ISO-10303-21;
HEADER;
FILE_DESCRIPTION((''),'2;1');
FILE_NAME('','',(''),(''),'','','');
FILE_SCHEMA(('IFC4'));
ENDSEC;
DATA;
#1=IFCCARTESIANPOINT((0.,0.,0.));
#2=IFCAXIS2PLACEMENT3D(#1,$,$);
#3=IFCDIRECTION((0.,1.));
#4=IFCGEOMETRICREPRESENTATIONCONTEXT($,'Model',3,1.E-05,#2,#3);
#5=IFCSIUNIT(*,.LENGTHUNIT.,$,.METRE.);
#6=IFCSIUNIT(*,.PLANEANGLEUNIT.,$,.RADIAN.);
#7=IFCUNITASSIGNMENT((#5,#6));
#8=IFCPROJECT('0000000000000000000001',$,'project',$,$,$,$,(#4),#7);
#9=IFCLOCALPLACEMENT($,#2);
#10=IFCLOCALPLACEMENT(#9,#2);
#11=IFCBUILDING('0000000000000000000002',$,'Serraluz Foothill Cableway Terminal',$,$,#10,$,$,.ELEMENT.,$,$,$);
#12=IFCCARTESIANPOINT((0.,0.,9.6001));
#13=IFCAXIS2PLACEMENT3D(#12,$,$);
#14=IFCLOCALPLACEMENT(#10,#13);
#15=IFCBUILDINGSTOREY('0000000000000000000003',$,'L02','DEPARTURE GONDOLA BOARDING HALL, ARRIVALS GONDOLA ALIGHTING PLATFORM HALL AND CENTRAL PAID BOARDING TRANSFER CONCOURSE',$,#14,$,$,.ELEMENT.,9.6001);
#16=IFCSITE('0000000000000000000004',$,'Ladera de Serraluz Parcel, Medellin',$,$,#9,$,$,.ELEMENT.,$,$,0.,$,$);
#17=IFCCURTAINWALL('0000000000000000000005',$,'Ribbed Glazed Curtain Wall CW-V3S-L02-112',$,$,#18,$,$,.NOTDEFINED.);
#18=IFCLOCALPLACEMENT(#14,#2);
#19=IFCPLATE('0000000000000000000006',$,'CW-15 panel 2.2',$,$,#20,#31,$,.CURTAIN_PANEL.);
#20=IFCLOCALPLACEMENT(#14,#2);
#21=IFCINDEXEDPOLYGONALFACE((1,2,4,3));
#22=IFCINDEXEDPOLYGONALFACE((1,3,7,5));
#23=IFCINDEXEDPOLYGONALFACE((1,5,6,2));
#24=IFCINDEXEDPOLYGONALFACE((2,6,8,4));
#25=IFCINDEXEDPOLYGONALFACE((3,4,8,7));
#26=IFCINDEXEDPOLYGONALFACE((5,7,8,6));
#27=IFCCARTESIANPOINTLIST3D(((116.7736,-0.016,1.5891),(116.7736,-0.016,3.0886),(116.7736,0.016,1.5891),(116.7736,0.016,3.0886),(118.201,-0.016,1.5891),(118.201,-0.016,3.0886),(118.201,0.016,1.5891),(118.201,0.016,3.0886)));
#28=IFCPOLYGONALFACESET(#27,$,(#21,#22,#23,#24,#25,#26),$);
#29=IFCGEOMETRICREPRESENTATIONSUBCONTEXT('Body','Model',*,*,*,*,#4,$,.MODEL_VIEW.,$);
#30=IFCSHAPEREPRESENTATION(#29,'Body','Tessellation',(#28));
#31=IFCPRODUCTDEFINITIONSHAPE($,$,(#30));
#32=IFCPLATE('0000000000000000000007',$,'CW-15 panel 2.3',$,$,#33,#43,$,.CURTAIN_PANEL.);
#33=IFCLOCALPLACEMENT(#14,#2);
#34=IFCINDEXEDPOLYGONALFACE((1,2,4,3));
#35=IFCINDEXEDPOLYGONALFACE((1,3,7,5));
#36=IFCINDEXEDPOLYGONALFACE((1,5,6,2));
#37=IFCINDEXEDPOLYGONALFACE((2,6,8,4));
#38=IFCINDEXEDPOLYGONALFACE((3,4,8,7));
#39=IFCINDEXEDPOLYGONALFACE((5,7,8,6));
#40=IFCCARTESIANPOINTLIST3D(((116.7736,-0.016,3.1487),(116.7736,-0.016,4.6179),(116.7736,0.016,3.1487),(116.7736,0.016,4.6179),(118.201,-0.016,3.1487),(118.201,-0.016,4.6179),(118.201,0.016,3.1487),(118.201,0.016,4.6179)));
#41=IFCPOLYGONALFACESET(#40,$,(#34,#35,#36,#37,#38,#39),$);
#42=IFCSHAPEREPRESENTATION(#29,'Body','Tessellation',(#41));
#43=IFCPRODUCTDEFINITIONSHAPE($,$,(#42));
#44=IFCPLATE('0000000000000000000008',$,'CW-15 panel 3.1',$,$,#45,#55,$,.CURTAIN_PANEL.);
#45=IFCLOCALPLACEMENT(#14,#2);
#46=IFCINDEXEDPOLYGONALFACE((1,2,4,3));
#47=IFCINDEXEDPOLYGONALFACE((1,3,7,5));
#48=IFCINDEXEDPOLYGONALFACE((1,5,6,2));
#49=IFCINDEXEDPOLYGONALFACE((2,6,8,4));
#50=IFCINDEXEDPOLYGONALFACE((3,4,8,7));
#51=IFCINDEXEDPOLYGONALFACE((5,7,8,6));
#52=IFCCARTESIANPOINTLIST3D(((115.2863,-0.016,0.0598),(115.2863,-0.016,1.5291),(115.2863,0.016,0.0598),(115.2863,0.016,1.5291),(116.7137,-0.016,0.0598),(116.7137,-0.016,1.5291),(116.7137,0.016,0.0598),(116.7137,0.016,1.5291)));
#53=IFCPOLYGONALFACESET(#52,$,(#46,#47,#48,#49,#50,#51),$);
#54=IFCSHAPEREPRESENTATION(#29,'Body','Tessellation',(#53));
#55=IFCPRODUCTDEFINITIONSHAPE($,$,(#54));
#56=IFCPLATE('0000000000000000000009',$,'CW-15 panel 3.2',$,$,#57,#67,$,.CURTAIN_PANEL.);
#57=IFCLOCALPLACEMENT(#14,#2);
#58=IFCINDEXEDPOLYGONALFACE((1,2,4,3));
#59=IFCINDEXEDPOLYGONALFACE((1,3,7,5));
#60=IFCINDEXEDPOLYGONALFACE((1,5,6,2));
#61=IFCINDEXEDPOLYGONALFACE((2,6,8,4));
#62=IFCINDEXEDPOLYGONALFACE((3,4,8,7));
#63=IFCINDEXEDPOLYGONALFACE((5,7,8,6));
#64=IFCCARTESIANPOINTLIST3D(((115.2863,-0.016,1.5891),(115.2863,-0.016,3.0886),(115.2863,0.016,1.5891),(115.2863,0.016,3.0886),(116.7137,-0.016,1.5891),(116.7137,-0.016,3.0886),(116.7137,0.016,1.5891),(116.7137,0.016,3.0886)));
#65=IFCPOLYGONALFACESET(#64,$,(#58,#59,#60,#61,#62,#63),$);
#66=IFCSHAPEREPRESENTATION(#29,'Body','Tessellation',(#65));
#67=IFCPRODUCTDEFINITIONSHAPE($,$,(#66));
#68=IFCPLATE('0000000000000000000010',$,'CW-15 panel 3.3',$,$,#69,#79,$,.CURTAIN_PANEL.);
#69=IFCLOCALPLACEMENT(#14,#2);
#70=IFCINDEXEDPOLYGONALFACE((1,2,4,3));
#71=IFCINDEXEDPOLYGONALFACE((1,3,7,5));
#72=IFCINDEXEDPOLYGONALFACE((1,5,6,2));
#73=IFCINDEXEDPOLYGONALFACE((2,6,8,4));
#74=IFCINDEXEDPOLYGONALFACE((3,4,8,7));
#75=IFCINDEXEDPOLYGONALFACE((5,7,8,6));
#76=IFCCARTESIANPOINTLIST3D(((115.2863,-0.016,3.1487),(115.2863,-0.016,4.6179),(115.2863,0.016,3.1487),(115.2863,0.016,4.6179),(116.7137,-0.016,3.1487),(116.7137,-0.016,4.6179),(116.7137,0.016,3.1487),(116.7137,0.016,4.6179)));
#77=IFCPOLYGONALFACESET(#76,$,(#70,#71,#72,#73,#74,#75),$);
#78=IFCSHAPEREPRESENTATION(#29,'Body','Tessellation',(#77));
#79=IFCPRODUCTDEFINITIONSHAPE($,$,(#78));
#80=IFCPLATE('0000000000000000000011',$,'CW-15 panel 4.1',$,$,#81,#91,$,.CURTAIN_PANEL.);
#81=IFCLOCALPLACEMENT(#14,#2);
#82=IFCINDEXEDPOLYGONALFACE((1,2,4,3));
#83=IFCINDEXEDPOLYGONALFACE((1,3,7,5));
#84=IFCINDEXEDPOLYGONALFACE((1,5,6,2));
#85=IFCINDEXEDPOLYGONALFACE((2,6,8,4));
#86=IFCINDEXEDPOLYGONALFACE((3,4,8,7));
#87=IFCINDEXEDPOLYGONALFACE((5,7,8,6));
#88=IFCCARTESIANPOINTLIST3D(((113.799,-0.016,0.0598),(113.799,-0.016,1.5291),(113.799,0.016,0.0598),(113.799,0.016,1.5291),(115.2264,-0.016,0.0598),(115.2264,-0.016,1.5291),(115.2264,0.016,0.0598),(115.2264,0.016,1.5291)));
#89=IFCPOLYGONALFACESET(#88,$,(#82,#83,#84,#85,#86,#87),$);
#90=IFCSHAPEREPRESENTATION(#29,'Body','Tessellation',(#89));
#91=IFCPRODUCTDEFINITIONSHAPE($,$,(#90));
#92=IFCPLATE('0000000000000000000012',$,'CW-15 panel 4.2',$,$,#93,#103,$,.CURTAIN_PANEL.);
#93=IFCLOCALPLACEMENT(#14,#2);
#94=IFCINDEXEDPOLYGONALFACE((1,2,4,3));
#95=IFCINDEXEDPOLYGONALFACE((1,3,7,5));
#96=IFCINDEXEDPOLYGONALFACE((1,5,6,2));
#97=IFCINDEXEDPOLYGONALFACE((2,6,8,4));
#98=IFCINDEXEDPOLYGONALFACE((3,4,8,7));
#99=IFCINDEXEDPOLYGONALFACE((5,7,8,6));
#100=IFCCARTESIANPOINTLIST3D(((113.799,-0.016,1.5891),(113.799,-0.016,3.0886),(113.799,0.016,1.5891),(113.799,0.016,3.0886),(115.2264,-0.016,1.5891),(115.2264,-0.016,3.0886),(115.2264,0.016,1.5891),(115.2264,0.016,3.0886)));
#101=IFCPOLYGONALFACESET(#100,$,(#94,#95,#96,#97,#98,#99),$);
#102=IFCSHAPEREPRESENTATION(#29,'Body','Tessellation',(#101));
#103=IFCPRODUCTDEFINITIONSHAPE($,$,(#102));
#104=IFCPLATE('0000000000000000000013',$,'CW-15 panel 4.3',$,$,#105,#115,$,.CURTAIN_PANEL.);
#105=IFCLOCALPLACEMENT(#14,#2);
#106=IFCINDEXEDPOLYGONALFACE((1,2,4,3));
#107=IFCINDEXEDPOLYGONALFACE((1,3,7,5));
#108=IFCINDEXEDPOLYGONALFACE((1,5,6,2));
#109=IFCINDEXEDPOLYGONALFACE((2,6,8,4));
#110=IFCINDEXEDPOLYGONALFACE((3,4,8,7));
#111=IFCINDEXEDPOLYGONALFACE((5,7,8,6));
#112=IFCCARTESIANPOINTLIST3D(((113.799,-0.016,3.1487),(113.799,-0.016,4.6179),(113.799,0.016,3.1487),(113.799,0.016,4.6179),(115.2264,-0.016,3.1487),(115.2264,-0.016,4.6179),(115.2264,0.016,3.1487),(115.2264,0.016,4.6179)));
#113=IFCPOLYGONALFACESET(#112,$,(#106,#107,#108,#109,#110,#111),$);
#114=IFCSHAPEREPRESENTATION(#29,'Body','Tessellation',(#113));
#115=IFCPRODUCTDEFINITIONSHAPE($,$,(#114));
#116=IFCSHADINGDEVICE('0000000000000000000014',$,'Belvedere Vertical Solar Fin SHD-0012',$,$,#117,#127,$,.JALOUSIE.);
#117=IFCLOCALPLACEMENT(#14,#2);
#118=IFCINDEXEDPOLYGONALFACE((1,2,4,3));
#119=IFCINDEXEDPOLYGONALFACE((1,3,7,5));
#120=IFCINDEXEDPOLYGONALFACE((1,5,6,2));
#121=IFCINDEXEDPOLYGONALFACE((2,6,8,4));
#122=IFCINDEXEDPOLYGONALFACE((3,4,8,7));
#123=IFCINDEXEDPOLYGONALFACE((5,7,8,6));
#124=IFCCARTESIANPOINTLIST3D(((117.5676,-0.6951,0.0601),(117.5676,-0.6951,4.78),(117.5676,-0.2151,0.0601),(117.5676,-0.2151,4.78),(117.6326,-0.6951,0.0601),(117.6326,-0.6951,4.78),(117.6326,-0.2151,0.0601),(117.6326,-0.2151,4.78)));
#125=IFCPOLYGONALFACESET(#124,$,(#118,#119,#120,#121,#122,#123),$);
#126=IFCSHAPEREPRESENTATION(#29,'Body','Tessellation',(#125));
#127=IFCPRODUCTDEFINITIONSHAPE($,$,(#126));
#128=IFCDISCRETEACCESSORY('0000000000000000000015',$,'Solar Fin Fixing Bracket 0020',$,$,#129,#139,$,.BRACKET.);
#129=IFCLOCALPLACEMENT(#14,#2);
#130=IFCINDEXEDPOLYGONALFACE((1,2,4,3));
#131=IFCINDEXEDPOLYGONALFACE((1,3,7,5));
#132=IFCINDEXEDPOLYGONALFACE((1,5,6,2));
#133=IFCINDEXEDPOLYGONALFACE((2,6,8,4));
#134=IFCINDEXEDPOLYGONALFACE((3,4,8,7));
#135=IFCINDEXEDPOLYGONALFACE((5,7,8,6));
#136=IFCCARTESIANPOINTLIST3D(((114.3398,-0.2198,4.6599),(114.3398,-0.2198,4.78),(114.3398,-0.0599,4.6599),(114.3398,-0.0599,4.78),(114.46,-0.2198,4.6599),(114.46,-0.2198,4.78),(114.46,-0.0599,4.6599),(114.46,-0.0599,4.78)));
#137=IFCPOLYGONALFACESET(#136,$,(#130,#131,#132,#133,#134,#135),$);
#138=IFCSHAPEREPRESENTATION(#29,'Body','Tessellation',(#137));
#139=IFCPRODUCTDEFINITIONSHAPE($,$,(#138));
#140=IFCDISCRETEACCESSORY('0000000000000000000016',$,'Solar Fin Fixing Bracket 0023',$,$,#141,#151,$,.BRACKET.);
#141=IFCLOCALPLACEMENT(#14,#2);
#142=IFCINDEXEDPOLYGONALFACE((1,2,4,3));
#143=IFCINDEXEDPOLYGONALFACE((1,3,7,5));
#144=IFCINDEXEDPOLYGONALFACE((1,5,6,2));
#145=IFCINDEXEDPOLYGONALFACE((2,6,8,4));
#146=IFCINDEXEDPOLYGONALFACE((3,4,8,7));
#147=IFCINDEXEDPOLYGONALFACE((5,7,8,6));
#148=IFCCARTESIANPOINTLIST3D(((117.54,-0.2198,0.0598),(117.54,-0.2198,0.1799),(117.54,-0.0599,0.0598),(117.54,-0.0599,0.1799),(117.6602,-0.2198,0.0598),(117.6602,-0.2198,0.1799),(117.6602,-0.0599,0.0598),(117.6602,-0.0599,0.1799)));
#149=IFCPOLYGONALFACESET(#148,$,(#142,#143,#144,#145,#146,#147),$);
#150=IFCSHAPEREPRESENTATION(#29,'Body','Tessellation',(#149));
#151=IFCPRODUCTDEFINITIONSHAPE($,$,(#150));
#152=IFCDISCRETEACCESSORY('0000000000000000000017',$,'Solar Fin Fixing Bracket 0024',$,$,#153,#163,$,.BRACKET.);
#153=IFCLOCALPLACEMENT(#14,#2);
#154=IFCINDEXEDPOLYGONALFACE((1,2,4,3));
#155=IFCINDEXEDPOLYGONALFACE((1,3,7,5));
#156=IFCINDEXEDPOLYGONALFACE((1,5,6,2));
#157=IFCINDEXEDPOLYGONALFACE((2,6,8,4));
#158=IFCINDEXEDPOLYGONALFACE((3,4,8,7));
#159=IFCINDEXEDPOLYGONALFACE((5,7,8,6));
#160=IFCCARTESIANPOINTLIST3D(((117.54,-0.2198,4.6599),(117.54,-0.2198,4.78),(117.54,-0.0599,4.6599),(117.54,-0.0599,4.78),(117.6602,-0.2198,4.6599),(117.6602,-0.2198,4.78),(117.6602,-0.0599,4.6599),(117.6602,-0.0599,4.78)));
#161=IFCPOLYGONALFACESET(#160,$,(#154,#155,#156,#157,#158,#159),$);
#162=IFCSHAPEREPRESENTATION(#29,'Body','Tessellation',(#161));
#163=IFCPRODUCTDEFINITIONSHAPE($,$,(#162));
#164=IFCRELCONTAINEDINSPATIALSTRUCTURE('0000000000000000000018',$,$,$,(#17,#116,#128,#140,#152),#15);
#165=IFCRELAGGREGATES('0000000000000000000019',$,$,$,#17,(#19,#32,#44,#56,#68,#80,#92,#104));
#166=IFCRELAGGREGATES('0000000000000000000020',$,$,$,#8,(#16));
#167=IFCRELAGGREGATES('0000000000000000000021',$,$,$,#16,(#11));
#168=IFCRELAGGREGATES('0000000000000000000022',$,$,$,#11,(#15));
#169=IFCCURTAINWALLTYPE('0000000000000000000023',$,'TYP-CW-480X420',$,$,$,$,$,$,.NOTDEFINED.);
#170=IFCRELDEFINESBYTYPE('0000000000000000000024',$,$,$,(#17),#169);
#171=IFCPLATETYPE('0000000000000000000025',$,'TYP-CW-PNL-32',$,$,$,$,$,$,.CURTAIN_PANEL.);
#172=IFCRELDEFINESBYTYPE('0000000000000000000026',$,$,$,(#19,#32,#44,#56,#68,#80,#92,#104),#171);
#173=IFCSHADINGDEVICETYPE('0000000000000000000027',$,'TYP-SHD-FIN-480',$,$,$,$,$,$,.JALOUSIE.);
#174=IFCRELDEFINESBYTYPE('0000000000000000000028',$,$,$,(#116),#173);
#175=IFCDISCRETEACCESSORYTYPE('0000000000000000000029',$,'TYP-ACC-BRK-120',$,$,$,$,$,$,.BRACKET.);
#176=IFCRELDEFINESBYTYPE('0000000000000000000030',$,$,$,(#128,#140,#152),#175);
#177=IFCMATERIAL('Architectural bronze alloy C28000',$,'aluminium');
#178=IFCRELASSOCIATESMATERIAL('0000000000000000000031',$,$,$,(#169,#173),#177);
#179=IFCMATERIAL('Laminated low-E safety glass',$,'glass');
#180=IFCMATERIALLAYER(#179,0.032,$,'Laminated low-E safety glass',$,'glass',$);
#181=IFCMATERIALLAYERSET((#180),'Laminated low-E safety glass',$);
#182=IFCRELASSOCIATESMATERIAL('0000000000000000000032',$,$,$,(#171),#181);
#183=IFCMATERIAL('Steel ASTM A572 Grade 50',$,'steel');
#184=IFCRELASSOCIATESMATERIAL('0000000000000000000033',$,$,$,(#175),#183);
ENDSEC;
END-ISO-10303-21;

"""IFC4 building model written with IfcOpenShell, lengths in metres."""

from ifc_helpers import new_model, si_unit, direction, frame, origin, origin_2d, place, context, subcontext, project, spatial, rectangle, extrude, material, layer, layer_set, type_object, element, aggregate, save


model = new_model("IFC4")

# Units and contexts
model_context = context("Model", 3, precision=1e-05, world=origin(), true_north=direction((0.0, 1.0)))
body_context = subcontext(model_context, "Body", "Model", "MODEL_VIEW")
ifc_project = project(units=[si_unit("LENGTHUNIT", "METRE"), si_unit("PLANEANGLEUNIT", "RADIAN")], contexts=[model_context])

# Site, building, storey
site_placement = place(None, origin())
site = spatial("IfcSite", under=ifc_project, at=site_placement, Name="Ladera de Serraluz Parcel, Medellin", CompositionType="ELEMENT", RefElevation=0.0)
building_placement = place(site_placement, origin())
building = spatial("IfcBuilding", under=site, at=building_placement, Name="Serraluz Foothill Cableway Terminal", CompositionType="ELEMENT")
storey_placement = place(building_placement, frame((0.0, 0.0, 9.6001)))
storey = spatial("IfcBuildingStorey", under=building, at=storey_placement, Name="L02", Description="DEPARTURE GONDOLA BOARDING HALL, ARRIVALS GONDOLA ALIGHTING PLATFORM HALL AND CENTRAL PAID BOARDING TRANSFER CONCOURSE", CompositionType="ELEMENT", Elevation=9.6001)

# Curtain wall, plates
ifc_material_1 = material(Name="Architectural bronze alloy C28000", Category="aluminium")
curtain_wall_type = type_object("IfcCurtainWallType", Name="TYP-CW-480X420", PredefinedType="NOTDEFINED", material=ifc_material_1)
curtain_wall_placement = place(storey_placement, origin())
curtain_wall = element("IfcCurtainWall", 1, at=curtain_wall_placement, inside=storey, type_object=curtain_wall_type, Name="Ribbed Glazed Curtain Wall CW-V3S-L02-112", PredefinedType="NOTDEFINED")
ifc_material_2 = material(Name="Laminated low-E safety glass", Category="glass")
ifc_layer = layer(ifc_material_2, 0.032, Name="Laminated low-E safety glass", Category="glass")
ifc_layer_set = layer_set([ifc_layer], Name="Laminated low-E safety glass")
plate_type = type_object("IfcPlateType", Name="TYP-CW-PNL-32", PredefinedType="CURTAIN_PANEL", material=ifc_layer_set)
plate_1_placement = place(storey_placement, frame((117.4873, 0.0, 1.5891), z_axis=(0.0, 0.0, 1.0), x_axis=(-1.0, 0.0, 0.0)))
plate_1 = element("IfcPlate", 2, at=plate_1_placement, type_object=plate_type, Name="CW-15 panel 2.2", PredefinedType="CURTAIN_PANEL", context=body_context, shape_type="SweptSolid", body=[
    extrude(rectangle(XDim=1.4275, YDim=0.032, at=origin_2d()), origin(), (0.0, 0.0, 1.0), 1.4995),
])
plate_2_placement = place(storey_placement, frame((117.4873, 0.0, 3.1487), z_axis=(0.0, 0.0, 1.0), x_axis=(-1.0, 0.0, 0.0)))
plate_2 = element("IfcPlate", 3, at=plate_2_placement, type_object=plate_type, Name="CW-15 panel 2.3", PredefinedType="CURTAIN_PANEL", context=body_context, shape_type="SweptSolid", body=[
    extrude(rectangle(XDim=1.4275, YDim=0.032, at=origin_2d()), origin(), (0.0, 0.0, 1.0), 1.4692),
])
plate_3_placement = place(storey_placement, frame((116.0, 0.0, 0.0598), z_axis=(0.0, 0.0, 1.0), x_axis=(-1.0, 0.0, 0.0)))
plate_3 = element("IfcPlate", 4, at=plate_3_placement, type_object=plate_type, Name="CW-15 panel 3.1", PredefinedType="CURTAIN_PANEL", context=body_context, shape_type="SweptSolid", body=[
    extrude(rectangle(XDim=1.4275, YDim=0.032, at=origin_2d()), origin(), (0.0, 0.0, 1.0), 1.4692),
])
plate_4_placement = place(storey_placement, frame((116.0, 0.0, 1.5891), z_axis=(0.0, 0.0, 1.0), x_axis=(-1.0, 0.0, 0.0)))
plate_4 = element("IfcPlate", 5, at=plate_4_placement, type_object=plate_type, Name="CW-15 panel 3.2", PredefinedType="CURTAIN_PANEL", context=body_context, shape_type="SweptSolid", body=[
    extrude(rectangle(XDim=1.4275, YDim=0.032, at=origin_2d()), origin(), (0.0, 0.0, 1.0), 1.4995),
])
plate_5_placement = place(storey_placement, frame((116.0, 0.0, 3.1487), z_axis=(0.0, 0.0, 1.0), x_axis=(-1.0, 0.0, 0.0)))
plate_5 = element("IfcPlate", 6, at=plate_5_placement, type_object=plate_type, Name="CW-15 panel 3.3", PredefinedType="CURTAIN_PANEL", context=body_context, shape_type="SweptSolid", body=[
    extrude(rectangle(XDim=1.4275, YDim=0.032, at=origin_2d()), origin(), (0.0, 0.0, 1.0), 1.4692),
])
plate_6_placement = place(storey_placement, frame((114.5127, 0.0, 0.0598), z_axis=(0.0, 0.0, 1.0), x_axis=(-1.0, 0.0, 0.0)))
plate_6 = element("IfcPlate", 7, at=plate_6_placement, type_object=plate_type, Name="CW-15 panel 4.1", PredefinedType="CURTAIN_PANEL", context=body_context, shape_type="SweptSolid", body=[
    extrude(rectangle(XDim=1.4275, YDim=0.032, at=origin_2d()), origin(), (0.0, 0.0, 1.0), 1.4692),
])
plate_7_placement = place(storey_placement, frame((114.5127, 0.0, 1.5891), z_axis=(0.0, 0.0, 1.0), x_axis=(-1.0, 0.0, 0.0)))
plate_7 = element("IfcPlate", 8, at=plate_7_placement, type_object=plate_type, Name="CW-15 panel 4.2", PredefinedType="CURTAIN_PANEL", context=body_context, shape_type="SweptSolid", body=[
    extrude(rectangle(XDim=1.4275, YDim=0.032, at=origin_2d()), origin(), (0.0, 0.0, 1.0), 1.4995),
])
plate_8_placement = place(storey_placement, frame((114.5127, 0.0, 3.1487), z_axis=(0.0, 0.0, 1.0), x_axis=(-1.0, 0.0, 0.0)))
plate_8 = element("IfcPlate", 9, at=plate_8_placement, type_object=plate_type, Name="CW-15 panel 4.3", PredefinedType="CURTAIN_PANEL", context=body_context, shape_type="SweptSolid", body=[
    extrude(rectangle(XDim=1.4275, YDim=0.032, at=origin_2d()), origin(), (0.0, 0.0, 1.0), 1.4692),
])
aggregate(curtain_wall, [plate_1, plate_2, plate_3, plate_4, plate_5, plate_6, plate_7, plate_8])

# Shading device
shading_device_type = type_object("IfcShadingDeviceType", Name="TYP-SHD-FIN-480", PredefinedType="JALOUSIE", material=ifc_material_1)
shading_device_placement = place(storey_placement, frame((117.6001, -0.4551, 0.0601), z_axis=(0.0, 0.0, 1.0), x_axis=(1.0, 0.0, 0.0)))
element("IfcShadingDevice", 10, at=shading_device_placement, inside=storey, type_object=shading_device_type, Name="Belvedere Vertical Solar Fin SHD-0012", PredefinedType="JALOUSIE", context=body_context, shape_type="SweptSolid", body=[
    extrude(rectangle(XDim=0.0649, YDim=0.48, at=origin_2d()), origin(), (0.0, 0.0, 1.0), 4.72),
])

# Discrete accessories
ifc_material_3 = material(Name="Steel ASTM A572 Grade 50", Category="steel")
discrete_accessory_type = type_object("IfcDiscreteAccessoryType", Name="TYP-ACC-BRK-120", PredefinedType="BRACKET", material=ifc_material_3)
for number, where, z_axis, x_axis, name in (
    (11, (114.3999, -0.1399, 4.6599), (0.0, 0.0, 1.0), (1.0, 0.0, 0.0), "Solar Fin Fixing Bracket 0020"),
    (12, (117.6001, -0.1399, 0.0598), (0.0, 0.0, 1.0), (1.0, 0.0, 0.0), "Solar Fin Fixing Bracket 0023"),
    (13, (117.6001, -0.1399, 4.6599), (0.0, 0.0, 1.0), (1.0, 0.0, 0.0), "Solar Fin Fixing Bracket 0024"),
):
    element("IfcDiscreteAccessory", number, at=place(storey_placement, frame(where, z_axis=z_axis, x_axis=x_axis)), inside=storey, type_object=discrete_accessory_type, Name=name, PredefinedType="BRACKET", context=body_context, shape_type="SweptSolid", body=[
        extrude(rectangle(XDim=0.1201, YDim=0.1599, at=origin_2d()), origin(), (0.0, 0.0, 1.0), 0.1201),
    ])

save(model, "model.ifc")
